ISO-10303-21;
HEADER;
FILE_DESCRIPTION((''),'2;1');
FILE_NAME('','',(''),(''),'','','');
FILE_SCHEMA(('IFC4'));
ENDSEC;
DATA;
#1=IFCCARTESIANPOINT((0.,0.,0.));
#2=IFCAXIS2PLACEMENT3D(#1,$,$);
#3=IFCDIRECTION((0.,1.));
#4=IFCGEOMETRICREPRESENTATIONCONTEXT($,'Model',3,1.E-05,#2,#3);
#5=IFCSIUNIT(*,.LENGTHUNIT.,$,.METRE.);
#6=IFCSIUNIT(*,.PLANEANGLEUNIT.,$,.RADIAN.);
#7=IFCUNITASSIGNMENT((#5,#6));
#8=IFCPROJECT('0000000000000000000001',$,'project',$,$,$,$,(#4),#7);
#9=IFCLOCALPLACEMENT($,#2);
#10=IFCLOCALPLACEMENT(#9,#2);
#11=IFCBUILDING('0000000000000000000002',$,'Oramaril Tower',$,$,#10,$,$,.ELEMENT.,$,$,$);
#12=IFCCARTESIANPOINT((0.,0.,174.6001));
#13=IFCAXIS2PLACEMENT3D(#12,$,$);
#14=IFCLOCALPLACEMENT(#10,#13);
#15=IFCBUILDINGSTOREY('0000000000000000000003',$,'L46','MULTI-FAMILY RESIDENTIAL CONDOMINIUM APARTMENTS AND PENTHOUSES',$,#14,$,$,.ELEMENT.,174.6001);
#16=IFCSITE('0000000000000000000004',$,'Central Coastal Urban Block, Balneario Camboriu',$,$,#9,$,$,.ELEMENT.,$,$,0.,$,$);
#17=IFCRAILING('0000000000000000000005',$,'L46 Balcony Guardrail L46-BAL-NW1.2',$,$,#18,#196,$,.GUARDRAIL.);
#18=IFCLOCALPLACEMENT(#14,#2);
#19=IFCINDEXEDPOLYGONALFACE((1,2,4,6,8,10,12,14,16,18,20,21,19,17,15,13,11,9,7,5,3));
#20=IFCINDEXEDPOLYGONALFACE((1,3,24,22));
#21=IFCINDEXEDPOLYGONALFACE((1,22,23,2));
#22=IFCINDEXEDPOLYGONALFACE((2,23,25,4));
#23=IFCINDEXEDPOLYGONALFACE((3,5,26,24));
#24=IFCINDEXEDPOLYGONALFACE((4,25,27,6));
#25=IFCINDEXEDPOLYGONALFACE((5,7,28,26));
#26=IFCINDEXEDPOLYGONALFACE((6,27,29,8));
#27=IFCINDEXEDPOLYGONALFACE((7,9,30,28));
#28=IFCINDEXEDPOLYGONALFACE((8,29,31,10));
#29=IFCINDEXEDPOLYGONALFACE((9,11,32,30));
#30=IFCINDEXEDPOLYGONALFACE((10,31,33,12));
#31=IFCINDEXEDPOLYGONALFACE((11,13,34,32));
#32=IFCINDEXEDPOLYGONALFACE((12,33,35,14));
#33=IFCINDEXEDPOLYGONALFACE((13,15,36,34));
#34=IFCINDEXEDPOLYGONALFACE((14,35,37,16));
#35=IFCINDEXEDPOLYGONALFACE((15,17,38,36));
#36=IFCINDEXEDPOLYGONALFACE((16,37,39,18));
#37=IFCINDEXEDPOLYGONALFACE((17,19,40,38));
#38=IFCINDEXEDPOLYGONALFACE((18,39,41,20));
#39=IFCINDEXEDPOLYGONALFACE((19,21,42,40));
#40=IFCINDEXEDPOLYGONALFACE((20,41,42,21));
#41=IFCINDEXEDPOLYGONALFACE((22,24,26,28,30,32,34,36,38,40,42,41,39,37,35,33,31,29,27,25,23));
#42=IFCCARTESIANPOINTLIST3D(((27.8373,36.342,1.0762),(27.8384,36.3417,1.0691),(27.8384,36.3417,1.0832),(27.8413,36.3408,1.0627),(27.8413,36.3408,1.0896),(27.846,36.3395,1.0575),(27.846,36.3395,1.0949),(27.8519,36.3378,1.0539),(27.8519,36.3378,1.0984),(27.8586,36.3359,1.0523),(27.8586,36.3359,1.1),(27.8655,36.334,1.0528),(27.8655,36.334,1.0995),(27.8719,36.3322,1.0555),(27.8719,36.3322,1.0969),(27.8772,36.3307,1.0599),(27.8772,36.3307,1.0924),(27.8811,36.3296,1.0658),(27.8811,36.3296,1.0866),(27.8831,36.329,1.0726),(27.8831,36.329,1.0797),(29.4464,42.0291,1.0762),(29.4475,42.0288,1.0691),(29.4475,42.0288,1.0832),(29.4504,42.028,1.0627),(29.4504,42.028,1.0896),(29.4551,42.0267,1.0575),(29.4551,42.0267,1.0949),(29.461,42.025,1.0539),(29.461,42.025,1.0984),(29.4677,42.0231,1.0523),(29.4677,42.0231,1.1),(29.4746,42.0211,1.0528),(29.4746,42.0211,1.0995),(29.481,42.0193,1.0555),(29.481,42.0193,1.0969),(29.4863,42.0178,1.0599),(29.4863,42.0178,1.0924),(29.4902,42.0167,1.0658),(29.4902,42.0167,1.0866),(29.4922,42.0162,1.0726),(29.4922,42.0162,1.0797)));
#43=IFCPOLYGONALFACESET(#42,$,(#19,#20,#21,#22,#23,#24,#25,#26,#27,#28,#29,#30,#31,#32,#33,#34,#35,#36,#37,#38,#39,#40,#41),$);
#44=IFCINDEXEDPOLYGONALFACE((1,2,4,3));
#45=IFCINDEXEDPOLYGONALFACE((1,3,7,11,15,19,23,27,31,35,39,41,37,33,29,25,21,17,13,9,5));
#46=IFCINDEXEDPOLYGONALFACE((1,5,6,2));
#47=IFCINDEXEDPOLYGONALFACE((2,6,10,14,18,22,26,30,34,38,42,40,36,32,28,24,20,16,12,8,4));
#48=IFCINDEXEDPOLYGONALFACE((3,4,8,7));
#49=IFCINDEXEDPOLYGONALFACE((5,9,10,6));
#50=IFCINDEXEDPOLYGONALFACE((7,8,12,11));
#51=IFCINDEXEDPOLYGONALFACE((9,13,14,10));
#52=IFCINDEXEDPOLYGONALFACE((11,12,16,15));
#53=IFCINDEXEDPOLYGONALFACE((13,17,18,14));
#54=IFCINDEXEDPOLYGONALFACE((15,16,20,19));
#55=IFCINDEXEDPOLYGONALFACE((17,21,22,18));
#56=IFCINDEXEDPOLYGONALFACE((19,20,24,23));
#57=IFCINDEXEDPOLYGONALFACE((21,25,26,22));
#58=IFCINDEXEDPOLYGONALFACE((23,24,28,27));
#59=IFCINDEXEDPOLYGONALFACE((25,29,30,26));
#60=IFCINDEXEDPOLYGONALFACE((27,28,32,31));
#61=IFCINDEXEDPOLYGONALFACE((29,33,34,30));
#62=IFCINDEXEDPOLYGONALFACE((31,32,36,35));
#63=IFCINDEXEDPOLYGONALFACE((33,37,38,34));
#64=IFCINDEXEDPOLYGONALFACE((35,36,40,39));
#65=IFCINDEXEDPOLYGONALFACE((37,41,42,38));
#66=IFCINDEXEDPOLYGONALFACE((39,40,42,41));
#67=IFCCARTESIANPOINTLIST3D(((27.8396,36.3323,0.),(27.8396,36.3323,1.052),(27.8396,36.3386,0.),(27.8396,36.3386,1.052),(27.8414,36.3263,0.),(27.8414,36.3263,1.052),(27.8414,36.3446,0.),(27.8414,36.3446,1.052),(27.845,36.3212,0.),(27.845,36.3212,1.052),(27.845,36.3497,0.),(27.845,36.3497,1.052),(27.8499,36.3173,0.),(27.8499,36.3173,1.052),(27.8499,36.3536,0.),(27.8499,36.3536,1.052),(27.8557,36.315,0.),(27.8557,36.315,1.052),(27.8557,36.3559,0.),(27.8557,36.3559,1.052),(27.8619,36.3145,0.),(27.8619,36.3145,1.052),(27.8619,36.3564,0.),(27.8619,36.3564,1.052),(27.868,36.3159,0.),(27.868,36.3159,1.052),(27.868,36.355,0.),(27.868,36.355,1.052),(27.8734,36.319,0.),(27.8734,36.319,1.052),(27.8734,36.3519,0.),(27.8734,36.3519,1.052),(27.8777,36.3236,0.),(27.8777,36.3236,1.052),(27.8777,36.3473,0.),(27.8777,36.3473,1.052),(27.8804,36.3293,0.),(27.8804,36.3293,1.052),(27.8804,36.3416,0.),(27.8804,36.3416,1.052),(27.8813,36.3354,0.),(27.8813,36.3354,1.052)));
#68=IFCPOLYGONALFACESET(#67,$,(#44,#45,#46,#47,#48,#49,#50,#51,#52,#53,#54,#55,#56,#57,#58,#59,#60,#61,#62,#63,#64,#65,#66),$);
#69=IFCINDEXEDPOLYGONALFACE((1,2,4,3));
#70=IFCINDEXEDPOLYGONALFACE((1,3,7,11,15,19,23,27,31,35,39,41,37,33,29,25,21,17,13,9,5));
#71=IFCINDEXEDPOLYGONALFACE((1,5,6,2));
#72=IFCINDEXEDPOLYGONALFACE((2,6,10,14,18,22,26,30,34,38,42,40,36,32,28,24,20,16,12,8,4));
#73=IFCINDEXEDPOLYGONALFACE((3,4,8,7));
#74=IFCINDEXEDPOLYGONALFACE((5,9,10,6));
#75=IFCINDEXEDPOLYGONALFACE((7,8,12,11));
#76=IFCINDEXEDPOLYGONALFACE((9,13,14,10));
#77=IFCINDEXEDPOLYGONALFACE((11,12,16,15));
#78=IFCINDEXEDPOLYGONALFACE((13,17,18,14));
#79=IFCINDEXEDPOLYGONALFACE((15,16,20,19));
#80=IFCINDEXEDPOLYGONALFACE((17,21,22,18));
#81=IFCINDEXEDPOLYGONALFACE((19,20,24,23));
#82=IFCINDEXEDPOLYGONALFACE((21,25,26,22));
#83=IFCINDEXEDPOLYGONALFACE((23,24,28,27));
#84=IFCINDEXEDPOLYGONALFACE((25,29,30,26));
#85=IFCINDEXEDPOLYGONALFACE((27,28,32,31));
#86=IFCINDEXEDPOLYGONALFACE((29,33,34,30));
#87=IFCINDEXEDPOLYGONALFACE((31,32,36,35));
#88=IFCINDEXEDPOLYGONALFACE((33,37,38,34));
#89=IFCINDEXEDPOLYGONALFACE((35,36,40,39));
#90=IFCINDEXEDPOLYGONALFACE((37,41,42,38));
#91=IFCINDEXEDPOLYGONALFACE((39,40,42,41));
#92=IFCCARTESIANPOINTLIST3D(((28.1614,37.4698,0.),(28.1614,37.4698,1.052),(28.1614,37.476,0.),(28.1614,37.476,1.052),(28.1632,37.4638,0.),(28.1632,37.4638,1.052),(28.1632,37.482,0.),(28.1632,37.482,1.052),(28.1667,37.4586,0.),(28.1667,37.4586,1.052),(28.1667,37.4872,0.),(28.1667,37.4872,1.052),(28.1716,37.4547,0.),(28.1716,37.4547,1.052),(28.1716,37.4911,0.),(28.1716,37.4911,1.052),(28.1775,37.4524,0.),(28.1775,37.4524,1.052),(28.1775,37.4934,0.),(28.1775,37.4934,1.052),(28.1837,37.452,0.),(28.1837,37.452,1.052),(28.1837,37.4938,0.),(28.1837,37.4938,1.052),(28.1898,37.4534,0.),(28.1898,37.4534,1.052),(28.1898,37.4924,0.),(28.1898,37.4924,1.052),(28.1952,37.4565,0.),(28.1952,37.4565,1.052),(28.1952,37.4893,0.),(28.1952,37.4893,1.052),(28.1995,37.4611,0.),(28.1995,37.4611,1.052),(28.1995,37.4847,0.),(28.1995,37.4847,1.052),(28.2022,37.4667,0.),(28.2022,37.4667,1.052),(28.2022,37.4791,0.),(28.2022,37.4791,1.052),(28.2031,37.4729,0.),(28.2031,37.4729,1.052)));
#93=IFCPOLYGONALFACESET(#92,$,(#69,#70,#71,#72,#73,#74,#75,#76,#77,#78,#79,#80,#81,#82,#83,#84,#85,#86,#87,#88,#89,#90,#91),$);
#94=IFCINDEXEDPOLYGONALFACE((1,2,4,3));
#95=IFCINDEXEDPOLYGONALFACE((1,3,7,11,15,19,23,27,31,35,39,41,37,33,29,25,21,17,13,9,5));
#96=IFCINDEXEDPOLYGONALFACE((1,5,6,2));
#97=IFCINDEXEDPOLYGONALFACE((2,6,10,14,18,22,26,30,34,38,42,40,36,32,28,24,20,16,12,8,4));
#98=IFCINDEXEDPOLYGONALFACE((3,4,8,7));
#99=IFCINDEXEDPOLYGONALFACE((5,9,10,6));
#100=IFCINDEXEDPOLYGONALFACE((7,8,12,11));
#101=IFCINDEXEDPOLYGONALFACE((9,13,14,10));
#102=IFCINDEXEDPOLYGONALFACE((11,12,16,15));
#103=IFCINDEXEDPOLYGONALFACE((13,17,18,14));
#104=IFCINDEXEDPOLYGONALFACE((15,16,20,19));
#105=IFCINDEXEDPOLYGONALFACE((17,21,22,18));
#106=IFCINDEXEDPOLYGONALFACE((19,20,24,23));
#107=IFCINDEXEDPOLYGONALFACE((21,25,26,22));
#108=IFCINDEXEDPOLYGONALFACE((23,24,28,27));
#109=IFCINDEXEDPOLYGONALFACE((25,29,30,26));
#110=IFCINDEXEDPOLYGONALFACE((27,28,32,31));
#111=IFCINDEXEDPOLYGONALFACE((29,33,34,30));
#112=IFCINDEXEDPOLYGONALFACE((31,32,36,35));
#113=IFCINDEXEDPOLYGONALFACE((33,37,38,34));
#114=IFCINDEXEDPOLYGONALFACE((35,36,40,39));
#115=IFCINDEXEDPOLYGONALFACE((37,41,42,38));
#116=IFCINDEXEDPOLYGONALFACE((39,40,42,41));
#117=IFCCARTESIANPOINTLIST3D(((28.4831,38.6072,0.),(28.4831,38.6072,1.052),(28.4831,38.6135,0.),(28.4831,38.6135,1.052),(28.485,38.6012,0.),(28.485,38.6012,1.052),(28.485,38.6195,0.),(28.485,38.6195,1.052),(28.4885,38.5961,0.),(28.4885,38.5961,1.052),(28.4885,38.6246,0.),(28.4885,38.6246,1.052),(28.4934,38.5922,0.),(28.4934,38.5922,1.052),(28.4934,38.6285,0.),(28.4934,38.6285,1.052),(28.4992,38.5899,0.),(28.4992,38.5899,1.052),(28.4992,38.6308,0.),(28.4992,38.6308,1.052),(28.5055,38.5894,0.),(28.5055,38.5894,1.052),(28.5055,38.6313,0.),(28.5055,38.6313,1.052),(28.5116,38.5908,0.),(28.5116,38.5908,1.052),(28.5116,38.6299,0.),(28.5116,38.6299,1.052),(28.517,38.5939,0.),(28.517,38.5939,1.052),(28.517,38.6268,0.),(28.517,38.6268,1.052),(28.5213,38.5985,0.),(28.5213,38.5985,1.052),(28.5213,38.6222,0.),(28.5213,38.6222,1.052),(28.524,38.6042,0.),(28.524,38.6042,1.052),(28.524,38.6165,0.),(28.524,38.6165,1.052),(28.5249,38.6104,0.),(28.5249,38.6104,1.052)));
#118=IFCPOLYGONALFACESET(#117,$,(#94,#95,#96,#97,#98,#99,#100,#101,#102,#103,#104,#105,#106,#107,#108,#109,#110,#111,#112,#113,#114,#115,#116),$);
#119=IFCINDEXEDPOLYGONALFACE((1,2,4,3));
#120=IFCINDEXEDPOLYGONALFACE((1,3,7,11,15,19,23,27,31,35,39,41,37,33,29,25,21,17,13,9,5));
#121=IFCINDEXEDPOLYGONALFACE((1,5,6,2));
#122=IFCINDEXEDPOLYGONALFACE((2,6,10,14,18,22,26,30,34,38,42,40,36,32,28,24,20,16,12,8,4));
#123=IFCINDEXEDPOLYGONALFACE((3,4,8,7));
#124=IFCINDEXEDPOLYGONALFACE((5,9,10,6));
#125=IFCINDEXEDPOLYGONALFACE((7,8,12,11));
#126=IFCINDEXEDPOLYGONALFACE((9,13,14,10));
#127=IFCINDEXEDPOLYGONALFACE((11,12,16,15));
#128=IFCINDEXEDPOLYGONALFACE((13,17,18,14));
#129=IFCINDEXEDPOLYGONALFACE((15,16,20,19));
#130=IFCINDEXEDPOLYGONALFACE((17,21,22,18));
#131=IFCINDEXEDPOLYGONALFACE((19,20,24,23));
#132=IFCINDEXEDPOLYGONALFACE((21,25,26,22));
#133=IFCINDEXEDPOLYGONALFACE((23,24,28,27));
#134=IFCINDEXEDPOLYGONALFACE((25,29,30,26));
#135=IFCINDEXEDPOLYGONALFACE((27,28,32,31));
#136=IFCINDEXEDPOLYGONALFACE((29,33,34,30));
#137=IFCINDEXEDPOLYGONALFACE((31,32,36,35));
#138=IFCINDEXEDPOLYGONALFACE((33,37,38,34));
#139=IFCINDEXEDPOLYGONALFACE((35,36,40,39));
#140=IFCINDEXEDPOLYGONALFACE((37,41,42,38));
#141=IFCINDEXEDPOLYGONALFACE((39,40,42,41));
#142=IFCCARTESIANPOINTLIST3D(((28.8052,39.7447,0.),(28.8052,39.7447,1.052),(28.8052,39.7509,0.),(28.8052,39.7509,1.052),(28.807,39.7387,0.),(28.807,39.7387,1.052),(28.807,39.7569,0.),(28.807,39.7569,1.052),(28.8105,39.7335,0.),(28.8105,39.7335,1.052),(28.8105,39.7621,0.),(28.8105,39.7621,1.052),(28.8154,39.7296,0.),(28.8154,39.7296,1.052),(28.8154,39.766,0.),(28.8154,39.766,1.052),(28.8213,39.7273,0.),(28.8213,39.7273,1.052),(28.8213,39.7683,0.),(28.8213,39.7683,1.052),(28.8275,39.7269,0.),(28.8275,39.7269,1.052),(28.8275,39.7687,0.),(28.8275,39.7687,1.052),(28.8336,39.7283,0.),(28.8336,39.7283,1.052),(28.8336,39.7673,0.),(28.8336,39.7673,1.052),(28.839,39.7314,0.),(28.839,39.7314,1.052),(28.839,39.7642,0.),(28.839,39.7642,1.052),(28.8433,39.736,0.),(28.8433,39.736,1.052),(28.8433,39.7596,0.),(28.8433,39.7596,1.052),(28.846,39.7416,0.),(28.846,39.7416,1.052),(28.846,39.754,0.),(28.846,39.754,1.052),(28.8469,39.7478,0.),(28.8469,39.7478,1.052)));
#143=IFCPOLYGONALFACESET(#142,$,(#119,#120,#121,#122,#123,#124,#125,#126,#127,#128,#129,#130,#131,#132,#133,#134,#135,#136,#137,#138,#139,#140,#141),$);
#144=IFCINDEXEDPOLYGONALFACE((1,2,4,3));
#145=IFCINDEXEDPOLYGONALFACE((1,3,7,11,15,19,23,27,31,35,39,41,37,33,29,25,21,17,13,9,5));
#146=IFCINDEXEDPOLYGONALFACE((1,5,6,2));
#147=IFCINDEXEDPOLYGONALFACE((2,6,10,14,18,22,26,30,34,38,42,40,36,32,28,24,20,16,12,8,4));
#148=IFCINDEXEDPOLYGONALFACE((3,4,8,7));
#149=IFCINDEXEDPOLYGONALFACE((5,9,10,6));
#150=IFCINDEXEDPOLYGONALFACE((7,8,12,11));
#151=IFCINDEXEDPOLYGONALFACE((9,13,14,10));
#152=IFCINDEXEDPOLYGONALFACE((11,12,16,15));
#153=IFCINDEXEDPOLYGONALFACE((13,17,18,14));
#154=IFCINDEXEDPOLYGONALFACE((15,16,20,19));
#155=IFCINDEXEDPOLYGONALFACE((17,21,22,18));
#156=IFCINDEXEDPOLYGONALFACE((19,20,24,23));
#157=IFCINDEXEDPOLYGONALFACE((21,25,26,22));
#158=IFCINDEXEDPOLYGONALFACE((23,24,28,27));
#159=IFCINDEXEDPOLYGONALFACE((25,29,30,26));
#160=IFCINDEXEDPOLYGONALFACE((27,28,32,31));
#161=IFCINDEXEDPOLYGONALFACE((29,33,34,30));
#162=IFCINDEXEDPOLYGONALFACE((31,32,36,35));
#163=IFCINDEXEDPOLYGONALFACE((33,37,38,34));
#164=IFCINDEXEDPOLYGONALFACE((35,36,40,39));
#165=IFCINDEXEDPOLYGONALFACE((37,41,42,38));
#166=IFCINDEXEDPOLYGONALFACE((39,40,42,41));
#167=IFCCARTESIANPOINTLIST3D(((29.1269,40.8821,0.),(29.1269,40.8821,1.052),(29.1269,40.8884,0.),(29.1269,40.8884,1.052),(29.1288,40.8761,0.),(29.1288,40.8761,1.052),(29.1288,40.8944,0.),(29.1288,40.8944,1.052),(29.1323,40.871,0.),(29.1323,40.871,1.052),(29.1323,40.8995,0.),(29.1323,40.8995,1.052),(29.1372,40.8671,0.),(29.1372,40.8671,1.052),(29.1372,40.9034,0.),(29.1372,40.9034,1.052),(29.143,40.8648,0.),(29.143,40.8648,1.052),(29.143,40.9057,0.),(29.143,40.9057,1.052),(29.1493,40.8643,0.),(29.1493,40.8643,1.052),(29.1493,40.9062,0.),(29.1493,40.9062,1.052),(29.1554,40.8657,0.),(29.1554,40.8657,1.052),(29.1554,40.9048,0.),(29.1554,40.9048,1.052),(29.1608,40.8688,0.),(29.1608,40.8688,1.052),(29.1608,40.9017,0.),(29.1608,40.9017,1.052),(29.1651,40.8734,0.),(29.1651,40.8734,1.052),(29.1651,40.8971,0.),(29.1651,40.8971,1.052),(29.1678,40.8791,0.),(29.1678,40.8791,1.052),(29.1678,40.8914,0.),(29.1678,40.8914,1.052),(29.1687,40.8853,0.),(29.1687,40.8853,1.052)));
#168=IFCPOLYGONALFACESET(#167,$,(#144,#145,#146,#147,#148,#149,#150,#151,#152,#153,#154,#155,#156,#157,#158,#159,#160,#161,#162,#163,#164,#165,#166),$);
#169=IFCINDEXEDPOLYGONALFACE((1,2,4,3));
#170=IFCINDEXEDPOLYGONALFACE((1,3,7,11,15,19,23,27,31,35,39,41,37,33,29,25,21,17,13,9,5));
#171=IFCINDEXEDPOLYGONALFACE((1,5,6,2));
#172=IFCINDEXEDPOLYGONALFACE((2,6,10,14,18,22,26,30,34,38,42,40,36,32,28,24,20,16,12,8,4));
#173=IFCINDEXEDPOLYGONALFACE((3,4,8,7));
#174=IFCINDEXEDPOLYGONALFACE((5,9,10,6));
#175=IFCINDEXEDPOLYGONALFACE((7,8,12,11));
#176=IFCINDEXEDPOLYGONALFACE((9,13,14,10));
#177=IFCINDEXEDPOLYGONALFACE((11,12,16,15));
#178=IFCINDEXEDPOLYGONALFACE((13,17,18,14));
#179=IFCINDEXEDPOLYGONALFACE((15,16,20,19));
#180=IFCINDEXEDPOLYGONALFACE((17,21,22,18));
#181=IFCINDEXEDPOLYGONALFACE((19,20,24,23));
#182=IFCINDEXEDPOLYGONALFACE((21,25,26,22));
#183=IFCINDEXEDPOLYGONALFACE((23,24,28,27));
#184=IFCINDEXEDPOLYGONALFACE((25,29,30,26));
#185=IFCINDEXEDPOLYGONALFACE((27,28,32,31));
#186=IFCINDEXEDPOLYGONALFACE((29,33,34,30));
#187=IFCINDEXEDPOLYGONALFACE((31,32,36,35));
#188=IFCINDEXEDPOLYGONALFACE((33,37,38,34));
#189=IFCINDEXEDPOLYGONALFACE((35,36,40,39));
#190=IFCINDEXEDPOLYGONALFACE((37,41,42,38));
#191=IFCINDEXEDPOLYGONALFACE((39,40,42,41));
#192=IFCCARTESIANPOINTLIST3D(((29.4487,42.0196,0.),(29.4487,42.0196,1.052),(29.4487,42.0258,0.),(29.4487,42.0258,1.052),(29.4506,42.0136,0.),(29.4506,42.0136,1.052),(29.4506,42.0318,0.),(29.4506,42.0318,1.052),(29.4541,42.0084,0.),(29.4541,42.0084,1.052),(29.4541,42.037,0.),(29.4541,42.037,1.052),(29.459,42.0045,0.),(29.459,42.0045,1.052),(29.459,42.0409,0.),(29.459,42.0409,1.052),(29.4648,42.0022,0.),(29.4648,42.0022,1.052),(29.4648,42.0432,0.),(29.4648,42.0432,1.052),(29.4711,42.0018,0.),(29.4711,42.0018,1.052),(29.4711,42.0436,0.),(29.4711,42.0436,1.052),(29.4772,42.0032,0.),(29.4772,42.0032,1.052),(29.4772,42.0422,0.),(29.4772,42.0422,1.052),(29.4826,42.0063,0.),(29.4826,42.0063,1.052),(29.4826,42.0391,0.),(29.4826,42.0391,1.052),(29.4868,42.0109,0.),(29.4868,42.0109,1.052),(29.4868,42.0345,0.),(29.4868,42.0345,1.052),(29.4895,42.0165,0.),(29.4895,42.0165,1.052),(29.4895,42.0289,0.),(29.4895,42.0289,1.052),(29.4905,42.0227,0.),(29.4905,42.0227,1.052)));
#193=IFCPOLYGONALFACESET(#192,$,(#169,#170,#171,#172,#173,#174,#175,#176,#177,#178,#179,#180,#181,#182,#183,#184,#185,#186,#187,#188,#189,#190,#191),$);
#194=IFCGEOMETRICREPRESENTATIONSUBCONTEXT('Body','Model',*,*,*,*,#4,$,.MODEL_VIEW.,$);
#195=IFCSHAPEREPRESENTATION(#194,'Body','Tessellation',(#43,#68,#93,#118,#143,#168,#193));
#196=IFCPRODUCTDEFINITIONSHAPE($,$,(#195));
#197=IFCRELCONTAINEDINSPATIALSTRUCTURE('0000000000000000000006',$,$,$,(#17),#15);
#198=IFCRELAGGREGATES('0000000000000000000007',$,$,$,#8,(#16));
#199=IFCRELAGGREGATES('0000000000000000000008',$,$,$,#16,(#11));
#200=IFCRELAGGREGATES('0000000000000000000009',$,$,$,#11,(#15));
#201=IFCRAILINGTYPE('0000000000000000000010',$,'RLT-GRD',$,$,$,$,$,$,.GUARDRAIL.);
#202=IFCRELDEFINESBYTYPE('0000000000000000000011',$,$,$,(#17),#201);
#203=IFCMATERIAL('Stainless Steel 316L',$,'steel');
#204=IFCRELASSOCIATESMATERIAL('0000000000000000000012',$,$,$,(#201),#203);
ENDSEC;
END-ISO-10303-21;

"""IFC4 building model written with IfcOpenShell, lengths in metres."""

from ifc_helpers import new_model, si_unit, direction, frame, origin, origin_2d, place, context, subcontext, project, spatial, circle, extrude, material, type_object, element, save


model = new_model("IFC4")

# Units and contexts
model_context = context("Model", 3, precision=1e-05, world=origin(), true_north=direction((0.0, 1.0)))
body_context = subcontext(model_context, "Body", "Model", "MODEL_VIEW")
ifc_project = project(units=[si_unit("LENGTHUNIT", "METRE"), si_unit("PLANEANGLEUNIT", "RADIAN")], contexts=[model_context])

# Site, building, storey
site_placement = place(None, origin())
site = spatial("IfcSite", under=ifc_project, at=site_placement, Name="Central Coastal Urban Block, Balneario Camboriu", CompositionType="ELEMENT", RefElevation=0.0)
building_placement = place(site_placement, origin())
building = spatial("IfcBuilding", under=site, at=building_placement, Name="Oramaril Tower", CompositionType="ELEMENT")
storey_placement = place(building_placement, frame((0.0, 0.0, 174.6001)))
storey = spatial("IfcBuildingStorey", under=building, at=storey_placement, Name="L46", Description="MULTI-FAMILY RESIDENTIAL CONDOMINIUM APARTMENTS AND PENTHOUSES", CompositionType="ELEMENT", Elevation=174.6001)

# Railing
ifc_material_1 = material(Name="Stainless Steel 316L", Category="steel")
railing_type = type_object("IfcRailingType", Name="RLT-GRD", PredefinedType="GUARDRAIL", material=ifc_material_1)
railing_1_placement = place(storey_placement, frame((27.8604, 36.3354, 0.0)))
element("IfcRailing", 1, at=railing_1_placement, inside=storey, type_object=railing_type, Name="L46 Balcony Guardrail L46-BAL-NW1.2", PredefinedType="GUARDRAIL", context=body_context, shape_type="SweptSolid", body=[
    extrude(circle(Radius=0.0239, at=origin_2d()), frame((0.0, 0.0, 1.0762), z_axis=(0.272249, 0.962227, 0.0), x_axis=(-0.962227, 0.272249, 0.0)), (0.0, 0.0, 1.0), 5.9104),
    extrude(circle(Radius=0.021, at=origin_2d()), origin(), (0.0, 0.0, 1.0), 1.052),
    extrude(circle(Radius=0.021, at=origin_2d()), frame((0.3218, 1.1375, 0.0)), (0.0, 0.0, 1.0), 1.052),
    extrude(circle(Radius=0.021, at=origin_2d()), frame((0.6436, 2.2749, 0.0)), (0.0, 0.0, 1.0), 1.052),
    extrude(circle(Radius=0.021, at=origin_2d()), frame((0.9656, 3.4124, 0.0)), (0.0, 0.0, 1.0), 1.052),
    extrude(circle(Radius=0.021, at=origin_2d()), frame((1.2874, 4.5498, 0.0)), (0.0, 0.0, 1.0), 1.052),
    extrude(circle(Radius=0.021, at=origin_2d()), frame((1.6091, 5.6873, 0.0)), (0.0, 0.0, 1.0), 1.052),
])

save(model, "model.ifc")
